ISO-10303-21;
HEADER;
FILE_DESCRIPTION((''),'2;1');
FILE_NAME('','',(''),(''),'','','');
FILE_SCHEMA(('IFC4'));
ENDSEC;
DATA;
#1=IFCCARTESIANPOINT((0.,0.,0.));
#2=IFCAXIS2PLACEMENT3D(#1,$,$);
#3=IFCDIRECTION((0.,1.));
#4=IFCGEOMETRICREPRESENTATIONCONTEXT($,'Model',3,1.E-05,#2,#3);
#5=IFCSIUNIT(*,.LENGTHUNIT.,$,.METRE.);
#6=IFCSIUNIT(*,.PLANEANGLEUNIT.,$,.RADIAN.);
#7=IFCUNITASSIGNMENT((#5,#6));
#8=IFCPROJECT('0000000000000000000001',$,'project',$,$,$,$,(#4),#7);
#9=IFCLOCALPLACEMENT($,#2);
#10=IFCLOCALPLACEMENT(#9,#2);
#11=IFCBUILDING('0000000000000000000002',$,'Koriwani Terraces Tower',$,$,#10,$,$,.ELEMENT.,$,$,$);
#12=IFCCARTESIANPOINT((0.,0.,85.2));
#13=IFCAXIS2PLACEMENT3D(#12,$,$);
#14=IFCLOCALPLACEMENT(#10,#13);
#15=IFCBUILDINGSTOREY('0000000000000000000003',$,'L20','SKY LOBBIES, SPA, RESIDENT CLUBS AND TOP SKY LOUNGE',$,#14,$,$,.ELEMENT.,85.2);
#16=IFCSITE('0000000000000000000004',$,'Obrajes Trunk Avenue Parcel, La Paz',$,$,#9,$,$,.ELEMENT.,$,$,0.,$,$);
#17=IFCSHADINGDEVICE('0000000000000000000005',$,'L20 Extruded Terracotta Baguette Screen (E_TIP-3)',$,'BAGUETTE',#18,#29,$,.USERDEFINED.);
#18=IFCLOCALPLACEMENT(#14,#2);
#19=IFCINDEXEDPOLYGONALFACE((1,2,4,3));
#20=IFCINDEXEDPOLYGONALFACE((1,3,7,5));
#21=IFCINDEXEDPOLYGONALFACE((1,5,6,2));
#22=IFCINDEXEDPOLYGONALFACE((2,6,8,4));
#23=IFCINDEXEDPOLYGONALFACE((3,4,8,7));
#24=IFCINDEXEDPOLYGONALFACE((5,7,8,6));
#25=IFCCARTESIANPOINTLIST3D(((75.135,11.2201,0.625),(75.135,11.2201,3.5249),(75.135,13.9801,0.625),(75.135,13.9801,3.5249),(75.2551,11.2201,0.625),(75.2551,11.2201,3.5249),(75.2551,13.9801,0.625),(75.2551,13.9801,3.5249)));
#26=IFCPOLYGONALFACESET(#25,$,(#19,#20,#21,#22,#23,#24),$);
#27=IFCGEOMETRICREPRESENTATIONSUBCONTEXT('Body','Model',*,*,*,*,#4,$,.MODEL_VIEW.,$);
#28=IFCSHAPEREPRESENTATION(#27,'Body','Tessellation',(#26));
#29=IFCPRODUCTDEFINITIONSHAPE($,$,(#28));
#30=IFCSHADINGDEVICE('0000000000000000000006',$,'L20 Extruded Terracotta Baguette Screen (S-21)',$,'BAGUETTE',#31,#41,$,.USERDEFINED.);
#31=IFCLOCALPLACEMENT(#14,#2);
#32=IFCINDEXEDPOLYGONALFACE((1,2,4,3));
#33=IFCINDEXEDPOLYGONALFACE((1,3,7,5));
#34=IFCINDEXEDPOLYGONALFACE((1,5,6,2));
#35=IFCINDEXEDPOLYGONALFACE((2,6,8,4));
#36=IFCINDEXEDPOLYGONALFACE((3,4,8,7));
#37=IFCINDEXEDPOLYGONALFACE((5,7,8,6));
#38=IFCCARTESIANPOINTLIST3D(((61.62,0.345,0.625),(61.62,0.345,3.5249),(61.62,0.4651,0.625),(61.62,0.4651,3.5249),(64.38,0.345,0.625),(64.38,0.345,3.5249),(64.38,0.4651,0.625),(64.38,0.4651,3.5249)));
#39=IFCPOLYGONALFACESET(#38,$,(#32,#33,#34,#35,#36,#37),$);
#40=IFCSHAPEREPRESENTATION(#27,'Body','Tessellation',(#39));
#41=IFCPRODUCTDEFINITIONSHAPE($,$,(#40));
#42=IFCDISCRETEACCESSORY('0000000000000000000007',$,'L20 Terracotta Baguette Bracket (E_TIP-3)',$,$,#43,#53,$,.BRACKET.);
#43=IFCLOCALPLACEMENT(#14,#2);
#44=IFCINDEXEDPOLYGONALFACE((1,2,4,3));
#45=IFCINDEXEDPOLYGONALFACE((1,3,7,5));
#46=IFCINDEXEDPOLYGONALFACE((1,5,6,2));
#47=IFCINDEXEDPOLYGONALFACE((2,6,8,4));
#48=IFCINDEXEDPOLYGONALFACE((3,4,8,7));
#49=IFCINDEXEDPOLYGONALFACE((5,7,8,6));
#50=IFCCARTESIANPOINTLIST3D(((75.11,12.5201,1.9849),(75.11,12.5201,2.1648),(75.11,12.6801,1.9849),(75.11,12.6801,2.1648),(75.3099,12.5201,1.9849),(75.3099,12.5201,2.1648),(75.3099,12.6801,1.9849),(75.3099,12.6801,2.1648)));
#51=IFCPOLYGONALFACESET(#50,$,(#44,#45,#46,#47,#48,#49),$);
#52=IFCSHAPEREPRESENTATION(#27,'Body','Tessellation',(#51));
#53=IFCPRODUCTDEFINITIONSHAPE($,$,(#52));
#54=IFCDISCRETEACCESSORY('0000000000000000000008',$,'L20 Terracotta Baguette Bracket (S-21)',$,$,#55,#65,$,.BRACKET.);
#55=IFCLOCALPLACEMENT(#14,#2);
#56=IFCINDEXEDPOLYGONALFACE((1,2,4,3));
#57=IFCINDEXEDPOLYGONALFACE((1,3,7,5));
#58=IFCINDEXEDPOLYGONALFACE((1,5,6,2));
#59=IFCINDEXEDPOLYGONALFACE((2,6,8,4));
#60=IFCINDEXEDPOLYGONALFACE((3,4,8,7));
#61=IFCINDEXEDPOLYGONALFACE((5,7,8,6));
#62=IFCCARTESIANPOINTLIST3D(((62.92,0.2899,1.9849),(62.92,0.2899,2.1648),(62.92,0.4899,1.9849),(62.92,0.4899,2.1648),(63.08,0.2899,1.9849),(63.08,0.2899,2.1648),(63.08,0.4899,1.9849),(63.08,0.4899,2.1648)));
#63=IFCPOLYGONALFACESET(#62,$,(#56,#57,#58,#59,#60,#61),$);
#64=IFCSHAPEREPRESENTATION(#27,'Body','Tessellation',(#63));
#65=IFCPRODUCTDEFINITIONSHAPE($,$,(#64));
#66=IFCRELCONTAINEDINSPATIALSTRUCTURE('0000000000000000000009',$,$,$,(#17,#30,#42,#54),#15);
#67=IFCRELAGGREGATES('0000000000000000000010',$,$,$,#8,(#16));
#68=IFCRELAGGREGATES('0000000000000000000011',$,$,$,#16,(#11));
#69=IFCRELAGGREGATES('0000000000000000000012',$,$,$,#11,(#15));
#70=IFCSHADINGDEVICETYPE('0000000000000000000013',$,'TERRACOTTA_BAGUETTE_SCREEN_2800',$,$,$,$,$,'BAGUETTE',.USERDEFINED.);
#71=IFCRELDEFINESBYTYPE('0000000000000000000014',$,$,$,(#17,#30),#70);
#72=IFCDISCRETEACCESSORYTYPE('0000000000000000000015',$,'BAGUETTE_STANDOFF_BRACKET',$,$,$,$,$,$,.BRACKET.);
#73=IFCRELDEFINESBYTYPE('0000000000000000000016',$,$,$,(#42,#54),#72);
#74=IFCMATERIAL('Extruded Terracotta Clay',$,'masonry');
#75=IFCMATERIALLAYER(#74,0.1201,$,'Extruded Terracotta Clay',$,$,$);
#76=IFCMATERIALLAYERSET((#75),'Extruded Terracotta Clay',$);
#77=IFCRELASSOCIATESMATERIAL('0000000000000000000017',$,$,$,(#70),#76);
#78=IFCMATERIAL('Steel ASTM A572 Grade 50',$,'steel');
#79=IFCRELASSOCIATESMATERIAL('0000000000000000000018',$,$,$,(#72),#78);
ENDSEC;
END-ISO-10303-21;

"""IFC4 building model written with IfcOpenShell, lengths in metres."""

from ifc_helpers import new_model, si_unit, direction, frame, origin, origin_2d, place, context, subcontext, project, spatial, rectangle, extrude, material, layer, layer_set, type_object, element, save


model = new_model("IFC4")

# Units and contexts
model_context = context("Model", 3, precision=1e-05, world=origin(), true_north=direction((0.0, 1.0)))
body_context = subcontext(model_context, "Body", "Model", "MODEL_VIEW")
ifc_project = project(units=[si_unit("LENGTHUNIT", "METRE"), si_unit("PLANEANGLEUNIT", "RADIAN")], contexts=[model_context])

# Site, building, storey
site_placement = place(None, origin())
site = spatial("IfcSite", under=ifc_project, at=site_placement, Name="Obrajes Trunk Avenue Parcel, La Paz", CompositionType="ELEMENT", RefElevation=0.0)
building_placement = place(site_placement, origin())
building = spatial("IfcBuilding", under=site, at=building_placement, Name="Koriwani Terraces Tower", CompositionType="ELEMENT")
storey_placement = place(building_placement, frame((0.0, 0.0, 85.2)))
storey = spatial("IfcBuildingStorey", under=building, at=storey_placement, Name="L20", Description="SKY LOBBIES, SPA, RESIDENT CLUBS AND TOP SKY LOUNGE", CompositionType="ELEMENT", Elevation=85.2)

# Shared definitions
ifc_material_1 = material(Name="Steel ASTM A572 Grade 50", Category="steel")

# Shading devices
ifc_material_2 = material(Name="Extruded Terracotta Clay", Category="masonry")
ifc_layer_1 = layer(ifc_material_2, 0.1201, Name="Extruded Terracotta Clay")
ifc_layer_set_1 = layer_set([ifc_layer_1], Name="Extruded Terracotta Clay")
shading_device_type = type_object("IfcShadingDeviceType", Name="TERRACOTTA_BAGUETTE_SCREEN_2800", ElementType="BAGUETTE", PredefinedType="USERDEFINED", material=ifc_layer_set_1)
for number, where, z_axis, x_axis, name in (
    (1, (75.1951, 12.6001, 0.625), (0.0, 0.0, 1.0), (0.0, -1.0, 0.0), "L20 Extruded Terracotta Baguette Screen (E_TIP-3)"),
    (2, (63.0, 0.405, 0.625), (0.0, 0.0, 1.0), (-1.0, 0.0, 0.0), "L20 Extruded Terracotta Baguette Screen (S-21)"),
):
    element("IfcShadingDevice", number, at=place(storey_placement, frame(where, z_axis=z_axis, x_axis=x_axis)), inside=storey, type_object=shading_device_type, Name=name, ObjectType="BAGUETTE", PredefinedType="USERDEFINED", context=body_context, shape_type="SweptSolid", body=[
        extrude(rectangle(XDim=2.76, YDim=0.1201, at=origin_2d()), origin(), (0.0, 0.0, 1.0), 2.8999),
    ])

# Discrete accessories
discrete_accessory_type = type_object("IfcDiscreteAccessoryType", Name="BAGUETTE_STANDOFF_BRACKET", PredefinedType="BRACKET", material=ifc_material_1)
for number, where, z_axis, x_axis, name in (
    (3, (75.21, 12.6001, 1.9849), (0.0, 0.0, 1.0), (0.0, -1.0, 0.0), "L20 Terracotta Baguette Bracket (E_TIP-3)"),
    (4, (63.0, 0.3899, 1.9849), (0.0, 0.0, 1.0), (-1.0, 0.0, 0.0), "L20 Terracotta Baguette Bracket (S-21)"),
):
    element("IfcDiscreteAccessory", number, at=place(storey_placement, frame(where, z_axis=z_axis, x_axis=x_axis)), inside=storey, type_object=discrete_accessory_type, Name=name, PredefinedType="BRACKET", context=body_context, shape_type="SweptSolid", body=[
        extrude(rectangle(XDim=0.1599, YDim=0.2, at=origin_2d()), origin(), (0.0, 0.0, 1.0), 0.1799),
    ])

save(model, "model.ifc")
